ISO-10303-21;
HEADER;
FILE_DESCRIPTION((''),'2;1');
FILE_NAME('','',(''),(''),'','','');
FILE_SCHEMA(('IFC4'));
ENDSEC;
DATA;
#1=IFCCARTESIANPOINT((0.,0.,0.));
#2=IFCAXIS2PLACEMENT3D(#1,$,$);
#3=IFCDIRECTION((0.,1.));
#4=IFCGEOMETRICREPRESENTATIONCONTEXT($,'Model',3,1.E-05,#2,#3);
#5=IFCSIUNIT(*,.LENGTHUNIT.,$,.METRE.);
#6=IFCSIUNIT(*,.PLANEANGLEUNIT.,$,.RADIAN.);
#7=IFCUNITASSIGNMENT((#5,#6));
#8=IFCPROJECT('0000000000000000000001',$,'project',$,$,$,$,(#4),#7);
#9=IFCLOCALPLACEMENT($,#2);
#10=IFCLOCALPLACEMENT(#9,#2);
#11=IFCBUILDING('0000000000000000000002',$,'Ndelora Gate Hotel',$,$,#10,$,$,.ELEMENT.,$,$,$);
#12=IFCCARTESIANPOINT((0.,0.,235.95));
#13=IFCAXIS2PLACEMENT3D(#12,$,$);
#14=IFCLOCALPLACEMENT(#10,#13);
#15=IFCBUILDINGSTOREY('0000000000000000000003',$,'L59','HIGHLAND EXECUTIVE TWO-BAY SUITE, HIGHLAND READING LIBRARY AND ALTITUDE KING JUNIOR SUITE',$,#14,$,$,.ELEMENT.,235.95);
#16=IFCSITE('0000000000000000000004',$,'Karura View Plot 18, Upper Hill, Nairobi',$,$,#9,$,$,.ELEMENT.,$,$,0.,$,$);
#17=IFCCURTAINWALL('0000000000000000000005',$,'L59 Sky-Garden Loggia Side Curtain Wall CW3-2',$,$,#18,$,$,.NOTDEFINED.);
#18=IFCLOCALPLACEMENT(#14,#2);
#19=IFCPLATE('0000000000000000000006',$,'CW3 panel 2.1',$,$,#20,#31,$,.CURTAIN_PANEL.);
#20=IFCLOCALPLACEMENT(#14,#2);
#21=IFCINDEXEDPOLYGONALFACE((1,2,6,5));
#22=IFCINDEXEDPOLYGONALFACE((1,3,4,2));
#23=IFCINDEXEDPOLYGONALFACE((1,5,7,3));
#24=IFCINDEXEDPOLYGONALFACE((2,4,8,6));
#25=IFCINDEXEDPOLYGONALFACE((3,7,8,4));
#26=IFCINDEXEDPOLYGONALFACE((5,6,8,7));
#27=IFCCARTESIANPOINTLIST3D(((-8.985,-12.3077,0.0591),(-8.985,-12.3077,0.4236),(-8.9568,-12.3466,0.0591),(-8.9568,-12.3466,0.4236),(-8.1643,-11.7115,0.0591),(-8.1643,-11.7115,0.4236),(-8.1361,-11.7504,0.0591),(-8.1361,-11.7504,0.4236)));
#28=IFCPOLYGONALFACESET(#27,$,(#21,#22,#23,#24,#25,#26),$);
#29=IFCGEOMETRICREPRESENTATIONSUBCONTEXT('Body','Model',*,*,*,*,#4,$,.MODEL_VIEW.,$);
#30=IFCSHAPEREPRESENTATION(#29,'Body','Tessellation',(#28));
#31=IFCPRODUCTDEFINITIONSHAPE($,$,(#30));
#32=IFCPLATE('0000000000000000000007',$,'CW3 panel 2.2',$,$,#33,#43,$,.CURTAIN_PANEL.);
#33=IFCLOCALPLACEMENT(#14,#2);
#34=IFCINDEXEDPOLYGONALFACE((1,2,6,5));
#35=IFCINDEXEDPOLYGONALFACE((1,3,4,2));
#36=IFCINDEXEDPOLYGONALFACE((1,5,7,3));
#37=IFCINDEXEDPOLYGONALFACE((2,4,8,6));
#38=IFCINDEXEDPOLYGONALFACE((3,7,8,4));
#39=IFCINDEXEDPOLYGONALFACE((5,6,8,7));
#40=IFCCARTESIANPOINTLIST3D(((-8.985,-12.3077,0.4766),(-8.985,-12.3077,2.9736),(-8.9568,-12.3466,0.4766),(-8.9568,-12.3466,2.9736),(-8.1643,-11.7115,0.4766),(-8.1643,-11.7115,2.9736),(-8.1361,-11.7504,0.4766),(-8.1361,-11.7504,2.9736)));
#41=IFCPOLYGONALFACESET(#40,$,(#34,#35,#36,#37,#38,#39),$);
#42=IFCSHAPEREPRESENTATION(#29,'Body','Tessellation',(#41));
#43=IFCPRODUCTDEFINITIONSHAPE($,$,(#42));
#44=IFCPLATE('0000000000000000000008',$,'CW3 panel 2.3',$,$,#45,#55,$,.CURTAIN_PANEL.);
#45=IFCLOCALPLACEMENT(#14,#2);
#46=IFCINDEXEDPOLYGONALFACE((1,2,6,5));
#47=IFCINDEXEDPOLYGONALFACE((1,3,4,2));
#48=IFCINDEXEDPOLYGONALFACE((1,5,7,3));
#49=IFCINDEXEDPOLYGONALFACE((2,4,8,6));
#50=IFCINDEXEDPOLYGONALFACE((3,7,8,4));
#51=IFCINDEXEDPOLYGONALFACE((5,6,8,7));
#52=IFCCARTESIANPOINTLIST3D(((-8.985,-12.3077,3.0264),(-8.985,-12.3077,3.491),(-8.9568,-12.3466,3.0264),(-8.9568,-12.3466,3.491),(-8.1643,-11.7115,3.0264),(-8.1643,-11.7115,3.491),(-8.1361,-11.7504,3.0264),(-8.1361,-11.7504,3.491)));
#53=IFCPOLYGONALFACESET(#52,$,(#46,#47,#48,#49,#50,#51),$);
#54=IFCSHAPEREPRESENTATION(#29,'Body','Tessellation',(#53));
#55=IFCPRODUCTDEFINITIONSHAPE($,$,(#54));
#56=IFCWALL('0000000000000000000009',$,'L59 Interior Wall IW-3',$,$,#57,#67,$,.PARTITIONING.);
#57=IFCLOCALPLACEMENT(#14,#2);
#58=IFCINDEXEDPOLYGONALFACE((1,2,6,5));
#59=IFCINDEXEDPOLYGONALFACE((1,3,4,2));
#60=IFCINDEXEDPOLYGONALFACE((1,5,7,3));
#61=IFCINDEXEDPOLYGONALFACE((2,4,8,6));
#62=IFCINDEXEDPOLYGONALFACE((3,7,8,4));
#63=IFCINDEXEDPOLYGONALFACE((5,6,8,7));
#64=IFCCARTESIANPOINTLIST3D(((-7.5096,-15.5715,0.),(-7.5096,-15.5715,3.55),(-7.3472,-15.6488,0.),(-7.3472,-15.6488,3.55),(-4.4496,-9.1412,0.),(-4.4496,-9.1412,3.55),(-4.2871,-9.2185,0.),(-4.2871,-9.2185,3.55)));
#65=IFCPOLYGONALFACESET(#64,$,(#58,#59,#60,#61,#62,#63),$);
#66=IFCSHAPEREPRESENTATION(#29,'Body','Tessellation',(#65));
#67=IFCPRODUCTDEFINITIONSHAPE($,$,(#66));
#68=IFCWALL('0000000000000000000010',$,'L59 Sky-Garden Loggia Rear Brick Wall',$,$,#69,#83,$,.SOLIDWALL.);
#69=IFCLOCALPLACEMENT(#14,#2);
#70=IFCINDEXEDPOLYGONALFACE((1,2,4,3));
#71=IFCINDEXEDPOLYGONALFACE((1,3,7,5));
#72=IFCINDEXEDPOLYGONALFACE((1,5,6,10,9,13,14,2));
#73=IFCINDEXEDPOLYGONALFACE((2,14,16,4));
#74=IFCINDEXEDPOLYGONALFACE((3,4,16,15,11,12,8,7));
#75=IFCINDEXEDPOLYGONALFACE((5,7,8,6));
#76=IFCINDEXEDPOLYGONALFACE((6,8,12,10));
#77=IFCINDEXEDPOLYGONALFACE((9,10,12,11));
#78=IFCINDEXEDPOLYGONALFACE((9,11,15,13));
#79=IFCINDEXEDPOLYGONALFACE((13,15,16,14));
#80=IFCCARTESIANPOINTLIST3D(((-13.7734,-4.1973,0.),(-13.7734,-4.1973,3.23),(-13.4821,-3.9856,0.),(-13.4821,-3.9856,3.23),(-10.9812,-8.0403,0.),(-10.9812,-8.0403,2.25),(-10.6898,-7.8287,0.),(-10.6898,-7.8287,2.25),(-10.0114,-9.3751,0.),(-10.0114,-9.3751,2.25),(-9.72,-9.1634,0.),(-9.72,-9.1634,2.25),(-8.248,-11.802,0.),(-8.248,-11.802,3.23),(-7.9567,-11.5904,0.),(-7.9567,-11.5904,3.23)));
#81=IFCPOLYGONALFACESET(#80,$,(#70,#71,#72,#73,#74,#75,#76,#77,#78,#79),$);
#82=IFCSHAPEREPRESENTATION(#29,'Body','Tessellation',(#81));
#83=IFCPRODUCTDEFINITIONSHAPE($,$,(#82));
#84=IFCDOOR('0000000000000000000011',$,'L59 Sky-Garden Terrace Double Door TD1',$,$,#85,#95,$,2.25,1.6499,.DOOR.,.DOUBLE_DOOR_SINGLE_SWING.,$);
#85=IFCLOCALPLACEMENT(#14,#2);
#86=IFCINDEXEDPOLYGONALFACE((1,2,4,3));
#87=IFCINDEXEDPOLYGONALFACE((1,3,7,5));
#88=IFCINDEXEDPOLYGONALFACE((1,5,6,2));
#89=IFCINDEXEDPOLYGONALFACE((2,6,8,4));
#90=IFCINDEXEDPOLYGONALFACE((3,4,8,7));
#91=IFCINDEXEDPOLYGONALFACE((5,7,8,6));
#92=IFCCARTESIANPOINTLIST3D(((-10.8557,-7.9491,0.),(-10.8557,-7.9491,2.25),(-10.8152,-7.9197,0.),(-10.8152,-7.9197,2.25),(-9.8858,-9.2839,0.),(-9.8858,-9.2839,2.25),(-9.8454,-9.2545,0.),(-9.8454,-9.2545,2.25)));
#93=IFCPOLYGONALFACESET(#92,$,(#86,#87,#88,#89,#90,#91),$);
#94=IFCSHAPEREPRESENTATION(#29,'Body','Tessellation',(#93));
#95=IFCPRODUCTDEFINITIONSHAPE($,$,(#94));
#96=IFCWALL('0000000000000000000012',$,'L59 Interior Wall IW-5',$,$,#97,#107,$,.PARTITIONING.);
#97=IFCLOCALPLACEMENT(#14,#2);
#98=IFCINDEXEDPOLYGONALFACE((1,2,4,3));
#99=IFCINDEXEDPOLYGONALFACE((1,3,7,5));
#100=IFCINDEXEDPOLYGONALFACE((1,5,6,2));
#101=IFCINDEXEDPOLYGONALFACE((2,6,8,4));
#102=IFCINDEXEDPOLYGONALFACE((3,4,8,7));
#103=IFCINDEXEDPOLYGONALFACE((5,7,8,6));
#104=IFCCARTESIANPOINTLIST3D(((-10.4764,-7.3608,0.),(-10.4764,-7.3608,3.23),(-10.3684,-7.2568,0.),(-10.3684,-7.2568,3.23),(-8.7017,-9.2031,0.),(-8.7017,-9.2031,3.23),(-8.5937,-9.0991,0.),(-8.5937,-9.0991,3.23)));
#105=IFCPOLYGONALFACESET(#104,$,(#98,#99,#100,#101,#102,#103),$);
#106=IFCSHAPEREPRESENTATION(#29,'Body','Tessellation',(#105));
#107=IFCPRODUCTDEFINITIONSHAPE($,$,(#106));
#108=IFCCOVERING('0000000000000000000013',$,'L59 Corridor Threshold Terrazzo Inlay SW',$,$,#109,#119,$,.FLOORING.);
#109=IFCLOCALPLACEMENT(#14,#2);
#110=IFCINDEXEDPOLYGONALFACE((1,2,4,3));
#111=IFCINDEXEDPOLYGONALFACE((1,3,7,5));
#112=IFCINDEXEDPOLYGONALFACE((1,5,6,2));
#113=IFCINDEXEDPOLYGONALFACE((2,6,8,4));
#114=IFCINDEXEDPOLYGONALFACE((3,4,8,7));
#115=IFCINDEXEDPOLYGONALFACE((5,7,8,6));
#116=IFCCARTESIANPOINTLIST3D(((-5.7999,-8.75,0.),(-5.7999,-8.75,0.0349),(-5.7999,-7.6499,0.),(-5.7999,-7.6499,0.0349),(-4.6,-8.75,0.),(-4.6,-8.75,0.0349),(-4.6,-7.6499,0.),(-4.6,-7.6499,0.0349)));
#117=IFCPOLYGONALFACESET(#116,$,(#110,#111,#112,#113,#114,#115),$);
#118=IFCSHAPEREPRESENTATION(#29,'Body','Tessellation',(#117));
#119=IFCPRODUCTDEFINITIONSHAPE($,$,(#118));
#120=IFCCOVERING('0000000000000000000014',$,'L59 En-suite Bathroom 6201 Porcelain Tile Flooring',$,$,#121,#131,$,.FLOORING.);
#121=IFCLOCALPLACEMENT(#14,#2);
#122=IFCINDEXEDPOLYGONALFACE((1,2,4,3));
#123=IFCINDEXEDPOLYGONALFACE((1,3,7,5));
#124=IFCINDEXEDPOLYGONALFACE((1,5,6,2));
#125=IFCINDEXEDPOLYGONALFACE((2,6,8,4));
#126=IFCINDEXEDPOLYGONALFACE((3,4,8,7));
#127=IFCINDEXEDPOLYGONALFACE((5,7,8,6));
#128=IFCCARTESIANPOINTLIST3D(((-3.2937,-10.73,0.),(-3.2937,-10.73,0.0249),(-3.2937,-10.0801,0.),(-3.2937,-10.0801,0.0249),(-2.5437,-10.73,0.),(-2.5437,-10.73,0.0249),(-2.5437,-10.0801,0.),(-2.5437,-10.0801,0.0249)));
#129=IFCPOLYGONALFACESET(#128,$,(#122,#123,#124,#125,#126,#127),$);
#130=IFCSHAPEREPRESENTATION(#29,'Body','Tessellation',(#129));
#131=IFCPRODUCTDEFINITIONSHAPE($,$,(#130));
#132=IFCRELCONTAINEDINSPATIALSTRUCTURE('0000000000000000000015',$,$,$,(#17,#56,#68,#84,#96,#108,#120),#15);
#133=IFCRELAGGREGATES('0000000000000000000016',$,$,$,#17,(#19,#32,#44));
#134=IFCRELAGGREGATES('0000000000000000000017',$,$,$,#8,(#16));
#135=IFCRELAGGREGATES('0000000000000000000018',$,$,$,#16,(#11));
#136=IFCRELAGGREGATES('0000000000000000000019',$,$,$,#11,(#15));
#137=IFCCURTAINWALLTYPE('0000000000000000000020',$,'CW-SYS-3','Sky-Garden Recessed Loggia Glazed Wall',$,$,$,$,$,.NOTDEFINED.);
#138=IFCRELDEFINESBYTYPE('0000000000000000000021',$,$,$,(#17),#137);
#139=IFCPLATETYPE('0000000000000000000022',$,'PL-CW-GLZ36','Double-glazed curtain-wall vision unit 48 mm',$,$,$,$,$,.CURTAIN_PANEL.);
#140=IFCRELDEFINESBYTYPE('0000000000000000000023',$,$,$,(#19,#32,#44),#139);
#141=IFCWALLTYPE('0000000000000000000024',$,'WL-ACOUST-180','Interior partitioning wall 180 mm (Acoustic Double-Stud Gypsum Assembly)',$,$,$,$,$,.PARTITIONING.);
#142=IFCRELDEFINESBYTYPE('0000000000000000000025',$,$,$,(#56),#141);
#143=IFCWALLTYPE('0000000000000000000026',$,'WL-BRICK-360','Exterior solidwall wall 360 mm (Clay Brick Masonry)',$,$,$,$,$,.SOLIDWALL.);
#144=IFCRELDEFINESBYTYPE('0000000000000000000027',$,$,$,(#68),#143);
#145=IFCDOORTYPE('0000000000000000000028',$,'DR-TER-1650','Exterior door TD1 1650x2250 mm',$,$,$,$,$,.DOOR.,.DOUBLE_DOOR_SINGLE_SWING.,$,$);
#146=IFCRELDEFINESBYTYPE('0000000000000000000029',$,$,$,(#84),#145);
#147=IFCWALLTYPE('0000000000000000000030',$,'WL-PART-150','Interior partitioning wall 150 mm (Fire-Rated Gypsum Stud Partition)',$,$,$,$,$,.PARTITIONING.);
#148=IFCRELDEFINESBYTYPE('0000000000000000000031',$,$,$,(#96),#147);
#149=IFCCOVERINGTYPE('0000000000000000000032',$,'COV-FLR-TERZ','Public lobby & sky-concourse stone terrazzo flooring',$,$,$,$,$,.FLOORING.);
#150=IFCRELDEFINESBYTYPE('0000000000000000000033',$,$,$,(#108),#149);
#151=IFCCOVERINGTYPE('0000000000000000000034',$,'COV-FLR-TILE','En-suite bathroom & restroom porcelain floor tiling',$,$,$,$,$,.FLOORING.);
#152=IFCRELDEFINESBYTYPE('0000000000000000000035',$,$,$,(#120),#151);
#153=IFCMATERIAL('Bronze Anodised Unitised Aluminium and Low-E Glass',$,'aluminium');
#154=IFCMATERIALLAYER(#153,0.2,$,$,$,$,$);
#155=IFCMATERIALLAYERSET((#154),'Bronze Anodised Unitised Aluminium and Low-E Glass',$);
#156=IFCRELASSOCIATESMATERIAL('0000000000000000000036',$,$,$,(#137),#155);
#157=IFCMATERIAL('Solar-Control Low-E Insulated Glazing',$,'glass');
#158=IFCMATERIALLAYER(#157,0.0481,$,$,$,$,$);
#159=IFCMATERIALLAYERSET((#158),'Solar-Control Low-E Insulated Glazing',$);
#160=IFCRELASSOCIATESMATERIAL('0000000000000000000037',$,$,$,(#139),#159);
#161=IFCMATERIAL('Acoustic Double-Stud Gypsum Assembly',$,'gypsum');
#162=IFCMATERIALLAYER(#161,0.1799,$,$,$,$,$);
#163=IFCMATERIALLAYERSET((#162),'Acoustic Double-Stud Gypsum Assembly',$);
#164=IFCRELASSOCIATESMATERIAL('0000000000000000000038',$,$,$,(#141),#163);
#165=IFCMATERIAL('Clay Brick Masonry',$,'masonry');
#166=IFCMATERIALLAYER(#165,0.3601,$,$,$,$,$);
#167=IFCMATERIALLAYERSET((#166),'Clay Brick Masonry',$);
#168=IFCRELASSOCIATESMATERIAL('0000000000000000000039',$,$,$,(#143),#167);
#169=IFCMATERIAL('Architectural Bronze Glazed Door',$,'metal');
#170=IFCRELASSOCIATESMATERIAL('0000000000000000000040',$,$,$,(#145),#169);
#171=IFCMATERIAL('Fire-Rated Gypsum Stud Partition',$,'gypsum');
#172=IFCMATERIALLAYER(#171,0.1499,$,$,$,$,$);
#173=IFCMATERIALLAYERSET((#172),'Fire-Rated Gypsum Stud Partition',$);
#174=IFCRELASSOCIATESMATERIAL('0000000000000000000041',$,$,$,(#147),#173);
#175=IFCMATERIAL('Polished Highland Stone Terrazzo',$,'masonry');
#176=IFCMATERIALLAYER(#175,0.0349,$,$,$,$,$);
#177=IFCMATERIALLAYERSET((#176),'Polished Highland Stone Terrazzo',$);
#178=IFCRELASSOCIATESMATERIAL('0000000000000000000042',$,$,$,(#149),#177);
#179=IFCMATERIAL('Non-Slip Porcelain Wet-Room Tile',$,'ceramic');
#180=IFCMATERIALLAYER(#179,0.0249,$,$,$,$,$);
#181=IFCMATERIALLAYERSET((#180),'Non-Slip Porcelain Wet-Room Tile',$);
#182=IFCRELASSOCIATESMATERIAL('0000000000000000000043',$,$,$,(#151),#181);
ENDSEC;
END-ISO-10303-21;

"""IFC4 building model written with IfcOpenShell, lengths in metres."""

from ifc_helpers import new_model, si_unit, direction, frame, frame_2d, origin, origin_2d, place, context, subcontext, project, spatial, rectangle, extrude, material, layer, layer_set, type_object, element, fill, aggregate, save


model = new_model("IFC4")

# Units and contexts
model_context = context("Model", 3, precision=1e-05, world=origin(), true_north=direction((0.0, 1.0)))
body_context = subcontext(model_context, "Body", "Model", "MODEL_VIEW")
ifc_project = project(units=[si_unit("LENGTHUNIT", "METRE"), si_unit("PLANEANGLEUNIT", "RADIAN")], contexts=[model_context])

# Site, building, storey
site_placement = place(None, origin())
site = spatial("IfcSite", under=ifc_project, at=site_placement, Name="Karura View Plot 18, Upper Hill, Nairobi", CompositionType="ELEMENT", RefElevation=0.0)
building_placement = place(site_placement, origin())
building = spatial("IfcBuilding", under=site, at=building_placement, Name="Ndelora Gate Hotel", CompositionType="ELEMENT")
storey_placement = place(building_placement, frame((0.0, 0.0, 235.95)))
storey = spatial("IfcBuildingStorey", under=building, at=storey_placement, Name="L59", Description="HIGHLAND EXECUTIVE TWO-BAY SUITE, HIGHLAND READING LIBRARY AND ALTITUDE KING JUNIOR SUITE", CompositionType="ELEMENT", Elevation=235.95)

# Curtain wall, plates
ifc_material_1 = material(Name="Bronze Anodised Unitised Aluminium and Low-E Glass", Category="aluminium")
ifc_layer_1 = layer(ifc_material_1, 0.2)
ifc_layer_set_1 = layer_set([ifc_layer_1], Name="Bronze Anodised Unitised Aluminium and Low-E Glass")
curtain_wall_type = type_object("IfcCurtainWallType", Name="CW-SYS-3", Description="Sky-Garden Recessed Loggia Glazed Wall", PredefinedType="NOTDEFINED", material=ifc_layer_set_1)
curtain_wall_placement = place(storey_placement, origin())
curtain_wall = element("IfcCurtainWall", 1, at=curtain_wall_placement, inside=storey, type_object=curtain_wall_type, Name="L59 Sky-Garden Loggia Side Curtain Wall CW3-2", PredefinedType="NOTDEFINED")
ifc_material_2 = material(Name="Solar-Control Low-E Insulated Glazing", Category="glass")
ifc_layer_2 = layer(ifc_material_2, 0.0481)
ifc_layer_set_2 = layer_set([ifc_layer_2], Name="Solar-Control Low-E Insulated Glazing")
plate_type = type_object("IfcPlateType", Name="PL-CW-GLZ36", Description="Double-glazed curtain-wall vision unit 48 mm", PredefinedType="CURTAIN_PANEL", material=ifc_layer_set_2)
plate_1_placement = place(storey_placement, frame((-8.5605, -12.0291, 0.0591), z_axis=(0.0, 0.0, 1.0), x_axis=(0.809033, 0.587764, 0.0)))
plate_1 = element("IfcPlate", 2, at=plate_1_placement, type_object=plate_type, Name="CW3 panel 2.1", PredefinedType="CURTAIN_PANEL", context=body_context, shape_type="SweptSolid", body=[
    extrude(rectangle(XDim=1.0144, YDim=0.0481, at=origin_2d()), origin(), (0.0, 0.0, 1.0), 0.3645),
])
plate_2_placement = place(storey_placement, frame((-8.5605, -12.0291, 0.4766), z_axis=(0.0, 0.0, 1.0), x_axis=(0.809033, 0.587764, 0.0)))
plate_2 = element("IfcPlate", 3, at=plate_2_placement, type_object=plate_type, Name="CW3 panel 2.2", PredefinedType="CURTAIN_PANEL", context=body_context, shape_type="SweptSolid", body=[
    extrude(rectangle(XDim=1.0144, YDim=0.0481, at=origin_2d()), origin(), (0.0, 0.0, 1.0), 2.4971),
])
plate_3_placement = place(storey_placement, frame((-8.5605, -12.0291, 3.0264), z_axis=(0.0, 0.0, 1.0), x_axis=(0.809033, 0.587764, 0.0)))
plate_3 = element("IfcPlate", 4, at=plate_3_placement, type_object=plate_type, Name="CW3 panel 2.3", PredefinedType="CURTAIN_PANEL", context=body_context, shape_type="SweptSolid", body=[
    extrude(rectangle(XDim=1.0144, YDim=0.0481, at=origin_2d()), origin(), (0.0, 0.0, 1.0), 0.4646),
])
aggregate(curtain_wall, [plate_1, plate_2, plate_3])

# Wall
ifc_material_3 = material(Name="Acoustic Double-Stud Gypsum Assembly", Category="gypsum")
ifc_layer_3 = layer(ifc_material_3, 0.1799)
ifc_layer_set_3 = layer_set([ifc_layer_3], Name="Acoustic Double-Stud Gypsum Assembly")
wall_type_1 = type_object("IfcWallType", Name="WL-ACOUST-180", Description="Interior partitioning wall 180 mm (Acoustic Double-Stud Gypsum Assembly)", PredefinedType="PARTITIONING", material=ifc_layer_set_3)
wall_1_placement = place(storey_placement, frame((-4.3684, -9.1799, 0.0), z_axis=(0.0, 0.0, 1.0), x_axis=(-0.429699, -0.902972, 0.0)))
element("IfcWall", 5, at=wall_1_placement, inside=storey, type_object=wall_type_1, Name="L59 Interior Wall IW-3", PredefinedType="PARTITIONING", context=body_context, shape_type="SweptSolid", body=[
    extrude(rectangle(XDim=7.1213, YDim=0.1799, at=frame_2d((3.5605, 0.0))), origin(), (0.0, 0.0, 1.0), 3.55),
])

# Wall, opening, door
ifc_material_4 = material(Name="Clay Brick Masonry", Category="masonry")
ifc_layer_4 = layer(ifc_material_4, 0.3601)
ifc_layer_set_4 = layer_set([ifc_layer_4], Name="Clay Brick Masonry")
wall_type_2 = type_object("IfcWallType", Name="WL-BRICK-360", Description="Exterior solidwall wall 360 mm (Clay Brick Masonry)", PredefinedType="SOLIDWALL", material=ifc_layer_set_4)
wall_2_placement = place(storey_placement, frame((-8.1023, -11.6963, 0.0), z_axis=(0.0, 0.0, 1.0), x_axis=(-0.587801, 0.809006, 0.0)))
wall_2 = element("IfcWall", 6, at=wall_2_placement, inside=storey, type_object=wall_type_2, Name="L59 Sky-Garden Loggia Rear Brick Wall", PredefinedType="SOLIDWALL", context=body_context, shape_type="SweptSolid", body=[
    extrude(rectangle(XDim=9.4001, YDim=0.3601, at=frame_2d((4.7002, 0.0))), origin(), (0.0, 0.0, 1.0), 3.23),
])
opening_1_placement = place(wall_2_placement, frame((3.0, 0.0, 0.0)))
opening_1 = element("IfcOpeningElement", 7, at=opening_1_placement, cuts=wall_2, PredefinedType="OPENING", context=body_context, shape_type="SweptSolid", body=[
    extrude(rectangle(XDim=1.6499, YDim=2.25, at=frame_2d((0.825, 1.125))), frame((0.0, 0.1899, 0.0), z_axis=(0.0, -1.0, 0.0), x_axis=(1.0, 0.0, 0.0)), (0.0, 0.0, 1.0), 0.3801),
])
ifc_material_5 = material(Name="Architectural Bronze Glazed Door", Category="metal")
door_type_1 = type_object("IfcDoorType", Name="DR-TER-1650", Description="Exterior door TD1 1650x2250 mm", OperationType="DOUBLE_DOOR_SINGLE_SWING", PredefinedType="DOOR", material=ifc_material_5)
door_1_placement = place(opening_1_placement, origin())
door_1 = element("IfcDoor", 8, at=door_1_placement, inside=storey, type_object=door_type_1, Name="L59 Sky-Garden Terrace Double Door TD1", OperationType="DOUBLE_DOOR_SINGLE_SWING", OverallHeight=2.25, OverallWidth=1.6499, PredefinedType="DOOR", context=body_context, shape_type="SweptSolid", body=[
    extrude(rectangle(XDim=1.6499, YDim=2.25, at=frame_2d((0.825, 1.125))), frame((0.0, 0.0249, 0.0), z_axis=(0.0, -1.0, 0.0), x_axis=(1.0, 0.0, 0.0)), (0.0, 0.0, 1.0), 0.05),
])
fill(opening_1, door_1)

# Shared definitions
ifc_material_6 = material(Name="Fire-Rated Gypsum Stud Partition", Category="gypsum")
ifc_layer_5 = layer(ifc_material_6, 0.1499)
ifc_layer_set_5 = layer_set([ifc_layer_5], Name="Fire-Rated Gypsum Stud Partition")
wall_type_3 = type_object("IfcWallType", Name="WL-PART-150", Description="Interior partitioning wall 150 mm (Fire-Rated Gypsum Stud Partition)", PredefinedType="PARTITIONING", material=ifc_layer_set_5)

# Wall
wall_3_placement = place(storey_placement, frame((-8.6477, -9.1511, 0.0), z_axis=(0.0, 0.0, 1.0), x_axis=(-0.693765, 0.720202, 0.0)))
element("IfcWall", 9, at=wall_3_placement, inside=storey, type_object=wall_type_3, Name="L59 Interior Wall IW-5", PredefinedType="PARTITIONING", context=body_context, shape_type="SweptSolid", body=[
    extrude(rectangle(XDim=2.5581, YDim=0.1499, at=frame_2d((1.2791, 0.0))), origin(), (0.0, 0.0, 1.0), 3.23),
])

# Coverings
ifc_material_7 = material(Name="Polished Highland Stone Terrazzo", Category="masonry")
ifc_layer_6 = layer(ifc_material_7, 0.0349)
ifc_layer_set_6 = layer_set([ifc_layer_6], Name="Polished Highland Stone Terrazzo")
covering_type_1 = type_object("IfcCoveringType", Name="COV-FLR-TERZ", Description="Public lobby & sky-concourse stone terrazzo flooring", PredefinedType="FLOORING", material=ifc_layer_set_6)
covering_1_placement = place(storey_placement, frame((-5.2, -8.2, 0.0), z_axis=(0.0, 0.0, 1.0), x_axis=(1.0, 0.0, 0.0)))
element("IfcCovering", 10, at=covering_1_placement, inside=storey, type_object=covering_type_1, Name="L59 Corridor Threshold Terrazzo Inlay SW", PredefinedType="FLOORING", context=body_context, shape_type="SweptSolid", body=[
    extrude(rectangle(XDim=1.2, YDim=1.1001, at=origin_2d()), origin(), (0.0, 0.0, 1.0), 0.0349),
])
ifc_material_8 = material(Name="Non-Slip Porcelain Wet-Room Tile", Category="ceramic")
ifc_layer_7 = layer(ifc_material_8, 0.0249)
ifc_layer_set_7 = layer_set([ifc_layer_7], Name="Non-Slip Porcelain Wet-Room Tile")
covering_type_2 = type_object("IfcCoveringType", Name="COV-FLR-TILE", Description="En-suite bathroom & restroom porcelain floor tiling", PredefinedType="FLOORING", material=ifc_layer_set_7)
covering_2_placement = place(storey_placement, frame((-2.9187, -10.405, 0.0), z_axis=(0.0, 0.0, 1.0), x_axis=(1.0, 0.0, 0.0)))
element("IfcCovering", 11, at=covering_2_placement, inside=storey, type_object=covering_type_2, Name="L59 En-suite Bathroom 6201 Porcelain Tile Flooring", PredefinedType="FLOORING", context=body_context, shape_type="SweptSolid", body=[
    extrude(rectangle(XDim=0.75, YDim=0.6499, at=origin_2d()), origin(), (0.0, 0.0, 1.0), 0.0249),
])

save(model, "model.ifc")
